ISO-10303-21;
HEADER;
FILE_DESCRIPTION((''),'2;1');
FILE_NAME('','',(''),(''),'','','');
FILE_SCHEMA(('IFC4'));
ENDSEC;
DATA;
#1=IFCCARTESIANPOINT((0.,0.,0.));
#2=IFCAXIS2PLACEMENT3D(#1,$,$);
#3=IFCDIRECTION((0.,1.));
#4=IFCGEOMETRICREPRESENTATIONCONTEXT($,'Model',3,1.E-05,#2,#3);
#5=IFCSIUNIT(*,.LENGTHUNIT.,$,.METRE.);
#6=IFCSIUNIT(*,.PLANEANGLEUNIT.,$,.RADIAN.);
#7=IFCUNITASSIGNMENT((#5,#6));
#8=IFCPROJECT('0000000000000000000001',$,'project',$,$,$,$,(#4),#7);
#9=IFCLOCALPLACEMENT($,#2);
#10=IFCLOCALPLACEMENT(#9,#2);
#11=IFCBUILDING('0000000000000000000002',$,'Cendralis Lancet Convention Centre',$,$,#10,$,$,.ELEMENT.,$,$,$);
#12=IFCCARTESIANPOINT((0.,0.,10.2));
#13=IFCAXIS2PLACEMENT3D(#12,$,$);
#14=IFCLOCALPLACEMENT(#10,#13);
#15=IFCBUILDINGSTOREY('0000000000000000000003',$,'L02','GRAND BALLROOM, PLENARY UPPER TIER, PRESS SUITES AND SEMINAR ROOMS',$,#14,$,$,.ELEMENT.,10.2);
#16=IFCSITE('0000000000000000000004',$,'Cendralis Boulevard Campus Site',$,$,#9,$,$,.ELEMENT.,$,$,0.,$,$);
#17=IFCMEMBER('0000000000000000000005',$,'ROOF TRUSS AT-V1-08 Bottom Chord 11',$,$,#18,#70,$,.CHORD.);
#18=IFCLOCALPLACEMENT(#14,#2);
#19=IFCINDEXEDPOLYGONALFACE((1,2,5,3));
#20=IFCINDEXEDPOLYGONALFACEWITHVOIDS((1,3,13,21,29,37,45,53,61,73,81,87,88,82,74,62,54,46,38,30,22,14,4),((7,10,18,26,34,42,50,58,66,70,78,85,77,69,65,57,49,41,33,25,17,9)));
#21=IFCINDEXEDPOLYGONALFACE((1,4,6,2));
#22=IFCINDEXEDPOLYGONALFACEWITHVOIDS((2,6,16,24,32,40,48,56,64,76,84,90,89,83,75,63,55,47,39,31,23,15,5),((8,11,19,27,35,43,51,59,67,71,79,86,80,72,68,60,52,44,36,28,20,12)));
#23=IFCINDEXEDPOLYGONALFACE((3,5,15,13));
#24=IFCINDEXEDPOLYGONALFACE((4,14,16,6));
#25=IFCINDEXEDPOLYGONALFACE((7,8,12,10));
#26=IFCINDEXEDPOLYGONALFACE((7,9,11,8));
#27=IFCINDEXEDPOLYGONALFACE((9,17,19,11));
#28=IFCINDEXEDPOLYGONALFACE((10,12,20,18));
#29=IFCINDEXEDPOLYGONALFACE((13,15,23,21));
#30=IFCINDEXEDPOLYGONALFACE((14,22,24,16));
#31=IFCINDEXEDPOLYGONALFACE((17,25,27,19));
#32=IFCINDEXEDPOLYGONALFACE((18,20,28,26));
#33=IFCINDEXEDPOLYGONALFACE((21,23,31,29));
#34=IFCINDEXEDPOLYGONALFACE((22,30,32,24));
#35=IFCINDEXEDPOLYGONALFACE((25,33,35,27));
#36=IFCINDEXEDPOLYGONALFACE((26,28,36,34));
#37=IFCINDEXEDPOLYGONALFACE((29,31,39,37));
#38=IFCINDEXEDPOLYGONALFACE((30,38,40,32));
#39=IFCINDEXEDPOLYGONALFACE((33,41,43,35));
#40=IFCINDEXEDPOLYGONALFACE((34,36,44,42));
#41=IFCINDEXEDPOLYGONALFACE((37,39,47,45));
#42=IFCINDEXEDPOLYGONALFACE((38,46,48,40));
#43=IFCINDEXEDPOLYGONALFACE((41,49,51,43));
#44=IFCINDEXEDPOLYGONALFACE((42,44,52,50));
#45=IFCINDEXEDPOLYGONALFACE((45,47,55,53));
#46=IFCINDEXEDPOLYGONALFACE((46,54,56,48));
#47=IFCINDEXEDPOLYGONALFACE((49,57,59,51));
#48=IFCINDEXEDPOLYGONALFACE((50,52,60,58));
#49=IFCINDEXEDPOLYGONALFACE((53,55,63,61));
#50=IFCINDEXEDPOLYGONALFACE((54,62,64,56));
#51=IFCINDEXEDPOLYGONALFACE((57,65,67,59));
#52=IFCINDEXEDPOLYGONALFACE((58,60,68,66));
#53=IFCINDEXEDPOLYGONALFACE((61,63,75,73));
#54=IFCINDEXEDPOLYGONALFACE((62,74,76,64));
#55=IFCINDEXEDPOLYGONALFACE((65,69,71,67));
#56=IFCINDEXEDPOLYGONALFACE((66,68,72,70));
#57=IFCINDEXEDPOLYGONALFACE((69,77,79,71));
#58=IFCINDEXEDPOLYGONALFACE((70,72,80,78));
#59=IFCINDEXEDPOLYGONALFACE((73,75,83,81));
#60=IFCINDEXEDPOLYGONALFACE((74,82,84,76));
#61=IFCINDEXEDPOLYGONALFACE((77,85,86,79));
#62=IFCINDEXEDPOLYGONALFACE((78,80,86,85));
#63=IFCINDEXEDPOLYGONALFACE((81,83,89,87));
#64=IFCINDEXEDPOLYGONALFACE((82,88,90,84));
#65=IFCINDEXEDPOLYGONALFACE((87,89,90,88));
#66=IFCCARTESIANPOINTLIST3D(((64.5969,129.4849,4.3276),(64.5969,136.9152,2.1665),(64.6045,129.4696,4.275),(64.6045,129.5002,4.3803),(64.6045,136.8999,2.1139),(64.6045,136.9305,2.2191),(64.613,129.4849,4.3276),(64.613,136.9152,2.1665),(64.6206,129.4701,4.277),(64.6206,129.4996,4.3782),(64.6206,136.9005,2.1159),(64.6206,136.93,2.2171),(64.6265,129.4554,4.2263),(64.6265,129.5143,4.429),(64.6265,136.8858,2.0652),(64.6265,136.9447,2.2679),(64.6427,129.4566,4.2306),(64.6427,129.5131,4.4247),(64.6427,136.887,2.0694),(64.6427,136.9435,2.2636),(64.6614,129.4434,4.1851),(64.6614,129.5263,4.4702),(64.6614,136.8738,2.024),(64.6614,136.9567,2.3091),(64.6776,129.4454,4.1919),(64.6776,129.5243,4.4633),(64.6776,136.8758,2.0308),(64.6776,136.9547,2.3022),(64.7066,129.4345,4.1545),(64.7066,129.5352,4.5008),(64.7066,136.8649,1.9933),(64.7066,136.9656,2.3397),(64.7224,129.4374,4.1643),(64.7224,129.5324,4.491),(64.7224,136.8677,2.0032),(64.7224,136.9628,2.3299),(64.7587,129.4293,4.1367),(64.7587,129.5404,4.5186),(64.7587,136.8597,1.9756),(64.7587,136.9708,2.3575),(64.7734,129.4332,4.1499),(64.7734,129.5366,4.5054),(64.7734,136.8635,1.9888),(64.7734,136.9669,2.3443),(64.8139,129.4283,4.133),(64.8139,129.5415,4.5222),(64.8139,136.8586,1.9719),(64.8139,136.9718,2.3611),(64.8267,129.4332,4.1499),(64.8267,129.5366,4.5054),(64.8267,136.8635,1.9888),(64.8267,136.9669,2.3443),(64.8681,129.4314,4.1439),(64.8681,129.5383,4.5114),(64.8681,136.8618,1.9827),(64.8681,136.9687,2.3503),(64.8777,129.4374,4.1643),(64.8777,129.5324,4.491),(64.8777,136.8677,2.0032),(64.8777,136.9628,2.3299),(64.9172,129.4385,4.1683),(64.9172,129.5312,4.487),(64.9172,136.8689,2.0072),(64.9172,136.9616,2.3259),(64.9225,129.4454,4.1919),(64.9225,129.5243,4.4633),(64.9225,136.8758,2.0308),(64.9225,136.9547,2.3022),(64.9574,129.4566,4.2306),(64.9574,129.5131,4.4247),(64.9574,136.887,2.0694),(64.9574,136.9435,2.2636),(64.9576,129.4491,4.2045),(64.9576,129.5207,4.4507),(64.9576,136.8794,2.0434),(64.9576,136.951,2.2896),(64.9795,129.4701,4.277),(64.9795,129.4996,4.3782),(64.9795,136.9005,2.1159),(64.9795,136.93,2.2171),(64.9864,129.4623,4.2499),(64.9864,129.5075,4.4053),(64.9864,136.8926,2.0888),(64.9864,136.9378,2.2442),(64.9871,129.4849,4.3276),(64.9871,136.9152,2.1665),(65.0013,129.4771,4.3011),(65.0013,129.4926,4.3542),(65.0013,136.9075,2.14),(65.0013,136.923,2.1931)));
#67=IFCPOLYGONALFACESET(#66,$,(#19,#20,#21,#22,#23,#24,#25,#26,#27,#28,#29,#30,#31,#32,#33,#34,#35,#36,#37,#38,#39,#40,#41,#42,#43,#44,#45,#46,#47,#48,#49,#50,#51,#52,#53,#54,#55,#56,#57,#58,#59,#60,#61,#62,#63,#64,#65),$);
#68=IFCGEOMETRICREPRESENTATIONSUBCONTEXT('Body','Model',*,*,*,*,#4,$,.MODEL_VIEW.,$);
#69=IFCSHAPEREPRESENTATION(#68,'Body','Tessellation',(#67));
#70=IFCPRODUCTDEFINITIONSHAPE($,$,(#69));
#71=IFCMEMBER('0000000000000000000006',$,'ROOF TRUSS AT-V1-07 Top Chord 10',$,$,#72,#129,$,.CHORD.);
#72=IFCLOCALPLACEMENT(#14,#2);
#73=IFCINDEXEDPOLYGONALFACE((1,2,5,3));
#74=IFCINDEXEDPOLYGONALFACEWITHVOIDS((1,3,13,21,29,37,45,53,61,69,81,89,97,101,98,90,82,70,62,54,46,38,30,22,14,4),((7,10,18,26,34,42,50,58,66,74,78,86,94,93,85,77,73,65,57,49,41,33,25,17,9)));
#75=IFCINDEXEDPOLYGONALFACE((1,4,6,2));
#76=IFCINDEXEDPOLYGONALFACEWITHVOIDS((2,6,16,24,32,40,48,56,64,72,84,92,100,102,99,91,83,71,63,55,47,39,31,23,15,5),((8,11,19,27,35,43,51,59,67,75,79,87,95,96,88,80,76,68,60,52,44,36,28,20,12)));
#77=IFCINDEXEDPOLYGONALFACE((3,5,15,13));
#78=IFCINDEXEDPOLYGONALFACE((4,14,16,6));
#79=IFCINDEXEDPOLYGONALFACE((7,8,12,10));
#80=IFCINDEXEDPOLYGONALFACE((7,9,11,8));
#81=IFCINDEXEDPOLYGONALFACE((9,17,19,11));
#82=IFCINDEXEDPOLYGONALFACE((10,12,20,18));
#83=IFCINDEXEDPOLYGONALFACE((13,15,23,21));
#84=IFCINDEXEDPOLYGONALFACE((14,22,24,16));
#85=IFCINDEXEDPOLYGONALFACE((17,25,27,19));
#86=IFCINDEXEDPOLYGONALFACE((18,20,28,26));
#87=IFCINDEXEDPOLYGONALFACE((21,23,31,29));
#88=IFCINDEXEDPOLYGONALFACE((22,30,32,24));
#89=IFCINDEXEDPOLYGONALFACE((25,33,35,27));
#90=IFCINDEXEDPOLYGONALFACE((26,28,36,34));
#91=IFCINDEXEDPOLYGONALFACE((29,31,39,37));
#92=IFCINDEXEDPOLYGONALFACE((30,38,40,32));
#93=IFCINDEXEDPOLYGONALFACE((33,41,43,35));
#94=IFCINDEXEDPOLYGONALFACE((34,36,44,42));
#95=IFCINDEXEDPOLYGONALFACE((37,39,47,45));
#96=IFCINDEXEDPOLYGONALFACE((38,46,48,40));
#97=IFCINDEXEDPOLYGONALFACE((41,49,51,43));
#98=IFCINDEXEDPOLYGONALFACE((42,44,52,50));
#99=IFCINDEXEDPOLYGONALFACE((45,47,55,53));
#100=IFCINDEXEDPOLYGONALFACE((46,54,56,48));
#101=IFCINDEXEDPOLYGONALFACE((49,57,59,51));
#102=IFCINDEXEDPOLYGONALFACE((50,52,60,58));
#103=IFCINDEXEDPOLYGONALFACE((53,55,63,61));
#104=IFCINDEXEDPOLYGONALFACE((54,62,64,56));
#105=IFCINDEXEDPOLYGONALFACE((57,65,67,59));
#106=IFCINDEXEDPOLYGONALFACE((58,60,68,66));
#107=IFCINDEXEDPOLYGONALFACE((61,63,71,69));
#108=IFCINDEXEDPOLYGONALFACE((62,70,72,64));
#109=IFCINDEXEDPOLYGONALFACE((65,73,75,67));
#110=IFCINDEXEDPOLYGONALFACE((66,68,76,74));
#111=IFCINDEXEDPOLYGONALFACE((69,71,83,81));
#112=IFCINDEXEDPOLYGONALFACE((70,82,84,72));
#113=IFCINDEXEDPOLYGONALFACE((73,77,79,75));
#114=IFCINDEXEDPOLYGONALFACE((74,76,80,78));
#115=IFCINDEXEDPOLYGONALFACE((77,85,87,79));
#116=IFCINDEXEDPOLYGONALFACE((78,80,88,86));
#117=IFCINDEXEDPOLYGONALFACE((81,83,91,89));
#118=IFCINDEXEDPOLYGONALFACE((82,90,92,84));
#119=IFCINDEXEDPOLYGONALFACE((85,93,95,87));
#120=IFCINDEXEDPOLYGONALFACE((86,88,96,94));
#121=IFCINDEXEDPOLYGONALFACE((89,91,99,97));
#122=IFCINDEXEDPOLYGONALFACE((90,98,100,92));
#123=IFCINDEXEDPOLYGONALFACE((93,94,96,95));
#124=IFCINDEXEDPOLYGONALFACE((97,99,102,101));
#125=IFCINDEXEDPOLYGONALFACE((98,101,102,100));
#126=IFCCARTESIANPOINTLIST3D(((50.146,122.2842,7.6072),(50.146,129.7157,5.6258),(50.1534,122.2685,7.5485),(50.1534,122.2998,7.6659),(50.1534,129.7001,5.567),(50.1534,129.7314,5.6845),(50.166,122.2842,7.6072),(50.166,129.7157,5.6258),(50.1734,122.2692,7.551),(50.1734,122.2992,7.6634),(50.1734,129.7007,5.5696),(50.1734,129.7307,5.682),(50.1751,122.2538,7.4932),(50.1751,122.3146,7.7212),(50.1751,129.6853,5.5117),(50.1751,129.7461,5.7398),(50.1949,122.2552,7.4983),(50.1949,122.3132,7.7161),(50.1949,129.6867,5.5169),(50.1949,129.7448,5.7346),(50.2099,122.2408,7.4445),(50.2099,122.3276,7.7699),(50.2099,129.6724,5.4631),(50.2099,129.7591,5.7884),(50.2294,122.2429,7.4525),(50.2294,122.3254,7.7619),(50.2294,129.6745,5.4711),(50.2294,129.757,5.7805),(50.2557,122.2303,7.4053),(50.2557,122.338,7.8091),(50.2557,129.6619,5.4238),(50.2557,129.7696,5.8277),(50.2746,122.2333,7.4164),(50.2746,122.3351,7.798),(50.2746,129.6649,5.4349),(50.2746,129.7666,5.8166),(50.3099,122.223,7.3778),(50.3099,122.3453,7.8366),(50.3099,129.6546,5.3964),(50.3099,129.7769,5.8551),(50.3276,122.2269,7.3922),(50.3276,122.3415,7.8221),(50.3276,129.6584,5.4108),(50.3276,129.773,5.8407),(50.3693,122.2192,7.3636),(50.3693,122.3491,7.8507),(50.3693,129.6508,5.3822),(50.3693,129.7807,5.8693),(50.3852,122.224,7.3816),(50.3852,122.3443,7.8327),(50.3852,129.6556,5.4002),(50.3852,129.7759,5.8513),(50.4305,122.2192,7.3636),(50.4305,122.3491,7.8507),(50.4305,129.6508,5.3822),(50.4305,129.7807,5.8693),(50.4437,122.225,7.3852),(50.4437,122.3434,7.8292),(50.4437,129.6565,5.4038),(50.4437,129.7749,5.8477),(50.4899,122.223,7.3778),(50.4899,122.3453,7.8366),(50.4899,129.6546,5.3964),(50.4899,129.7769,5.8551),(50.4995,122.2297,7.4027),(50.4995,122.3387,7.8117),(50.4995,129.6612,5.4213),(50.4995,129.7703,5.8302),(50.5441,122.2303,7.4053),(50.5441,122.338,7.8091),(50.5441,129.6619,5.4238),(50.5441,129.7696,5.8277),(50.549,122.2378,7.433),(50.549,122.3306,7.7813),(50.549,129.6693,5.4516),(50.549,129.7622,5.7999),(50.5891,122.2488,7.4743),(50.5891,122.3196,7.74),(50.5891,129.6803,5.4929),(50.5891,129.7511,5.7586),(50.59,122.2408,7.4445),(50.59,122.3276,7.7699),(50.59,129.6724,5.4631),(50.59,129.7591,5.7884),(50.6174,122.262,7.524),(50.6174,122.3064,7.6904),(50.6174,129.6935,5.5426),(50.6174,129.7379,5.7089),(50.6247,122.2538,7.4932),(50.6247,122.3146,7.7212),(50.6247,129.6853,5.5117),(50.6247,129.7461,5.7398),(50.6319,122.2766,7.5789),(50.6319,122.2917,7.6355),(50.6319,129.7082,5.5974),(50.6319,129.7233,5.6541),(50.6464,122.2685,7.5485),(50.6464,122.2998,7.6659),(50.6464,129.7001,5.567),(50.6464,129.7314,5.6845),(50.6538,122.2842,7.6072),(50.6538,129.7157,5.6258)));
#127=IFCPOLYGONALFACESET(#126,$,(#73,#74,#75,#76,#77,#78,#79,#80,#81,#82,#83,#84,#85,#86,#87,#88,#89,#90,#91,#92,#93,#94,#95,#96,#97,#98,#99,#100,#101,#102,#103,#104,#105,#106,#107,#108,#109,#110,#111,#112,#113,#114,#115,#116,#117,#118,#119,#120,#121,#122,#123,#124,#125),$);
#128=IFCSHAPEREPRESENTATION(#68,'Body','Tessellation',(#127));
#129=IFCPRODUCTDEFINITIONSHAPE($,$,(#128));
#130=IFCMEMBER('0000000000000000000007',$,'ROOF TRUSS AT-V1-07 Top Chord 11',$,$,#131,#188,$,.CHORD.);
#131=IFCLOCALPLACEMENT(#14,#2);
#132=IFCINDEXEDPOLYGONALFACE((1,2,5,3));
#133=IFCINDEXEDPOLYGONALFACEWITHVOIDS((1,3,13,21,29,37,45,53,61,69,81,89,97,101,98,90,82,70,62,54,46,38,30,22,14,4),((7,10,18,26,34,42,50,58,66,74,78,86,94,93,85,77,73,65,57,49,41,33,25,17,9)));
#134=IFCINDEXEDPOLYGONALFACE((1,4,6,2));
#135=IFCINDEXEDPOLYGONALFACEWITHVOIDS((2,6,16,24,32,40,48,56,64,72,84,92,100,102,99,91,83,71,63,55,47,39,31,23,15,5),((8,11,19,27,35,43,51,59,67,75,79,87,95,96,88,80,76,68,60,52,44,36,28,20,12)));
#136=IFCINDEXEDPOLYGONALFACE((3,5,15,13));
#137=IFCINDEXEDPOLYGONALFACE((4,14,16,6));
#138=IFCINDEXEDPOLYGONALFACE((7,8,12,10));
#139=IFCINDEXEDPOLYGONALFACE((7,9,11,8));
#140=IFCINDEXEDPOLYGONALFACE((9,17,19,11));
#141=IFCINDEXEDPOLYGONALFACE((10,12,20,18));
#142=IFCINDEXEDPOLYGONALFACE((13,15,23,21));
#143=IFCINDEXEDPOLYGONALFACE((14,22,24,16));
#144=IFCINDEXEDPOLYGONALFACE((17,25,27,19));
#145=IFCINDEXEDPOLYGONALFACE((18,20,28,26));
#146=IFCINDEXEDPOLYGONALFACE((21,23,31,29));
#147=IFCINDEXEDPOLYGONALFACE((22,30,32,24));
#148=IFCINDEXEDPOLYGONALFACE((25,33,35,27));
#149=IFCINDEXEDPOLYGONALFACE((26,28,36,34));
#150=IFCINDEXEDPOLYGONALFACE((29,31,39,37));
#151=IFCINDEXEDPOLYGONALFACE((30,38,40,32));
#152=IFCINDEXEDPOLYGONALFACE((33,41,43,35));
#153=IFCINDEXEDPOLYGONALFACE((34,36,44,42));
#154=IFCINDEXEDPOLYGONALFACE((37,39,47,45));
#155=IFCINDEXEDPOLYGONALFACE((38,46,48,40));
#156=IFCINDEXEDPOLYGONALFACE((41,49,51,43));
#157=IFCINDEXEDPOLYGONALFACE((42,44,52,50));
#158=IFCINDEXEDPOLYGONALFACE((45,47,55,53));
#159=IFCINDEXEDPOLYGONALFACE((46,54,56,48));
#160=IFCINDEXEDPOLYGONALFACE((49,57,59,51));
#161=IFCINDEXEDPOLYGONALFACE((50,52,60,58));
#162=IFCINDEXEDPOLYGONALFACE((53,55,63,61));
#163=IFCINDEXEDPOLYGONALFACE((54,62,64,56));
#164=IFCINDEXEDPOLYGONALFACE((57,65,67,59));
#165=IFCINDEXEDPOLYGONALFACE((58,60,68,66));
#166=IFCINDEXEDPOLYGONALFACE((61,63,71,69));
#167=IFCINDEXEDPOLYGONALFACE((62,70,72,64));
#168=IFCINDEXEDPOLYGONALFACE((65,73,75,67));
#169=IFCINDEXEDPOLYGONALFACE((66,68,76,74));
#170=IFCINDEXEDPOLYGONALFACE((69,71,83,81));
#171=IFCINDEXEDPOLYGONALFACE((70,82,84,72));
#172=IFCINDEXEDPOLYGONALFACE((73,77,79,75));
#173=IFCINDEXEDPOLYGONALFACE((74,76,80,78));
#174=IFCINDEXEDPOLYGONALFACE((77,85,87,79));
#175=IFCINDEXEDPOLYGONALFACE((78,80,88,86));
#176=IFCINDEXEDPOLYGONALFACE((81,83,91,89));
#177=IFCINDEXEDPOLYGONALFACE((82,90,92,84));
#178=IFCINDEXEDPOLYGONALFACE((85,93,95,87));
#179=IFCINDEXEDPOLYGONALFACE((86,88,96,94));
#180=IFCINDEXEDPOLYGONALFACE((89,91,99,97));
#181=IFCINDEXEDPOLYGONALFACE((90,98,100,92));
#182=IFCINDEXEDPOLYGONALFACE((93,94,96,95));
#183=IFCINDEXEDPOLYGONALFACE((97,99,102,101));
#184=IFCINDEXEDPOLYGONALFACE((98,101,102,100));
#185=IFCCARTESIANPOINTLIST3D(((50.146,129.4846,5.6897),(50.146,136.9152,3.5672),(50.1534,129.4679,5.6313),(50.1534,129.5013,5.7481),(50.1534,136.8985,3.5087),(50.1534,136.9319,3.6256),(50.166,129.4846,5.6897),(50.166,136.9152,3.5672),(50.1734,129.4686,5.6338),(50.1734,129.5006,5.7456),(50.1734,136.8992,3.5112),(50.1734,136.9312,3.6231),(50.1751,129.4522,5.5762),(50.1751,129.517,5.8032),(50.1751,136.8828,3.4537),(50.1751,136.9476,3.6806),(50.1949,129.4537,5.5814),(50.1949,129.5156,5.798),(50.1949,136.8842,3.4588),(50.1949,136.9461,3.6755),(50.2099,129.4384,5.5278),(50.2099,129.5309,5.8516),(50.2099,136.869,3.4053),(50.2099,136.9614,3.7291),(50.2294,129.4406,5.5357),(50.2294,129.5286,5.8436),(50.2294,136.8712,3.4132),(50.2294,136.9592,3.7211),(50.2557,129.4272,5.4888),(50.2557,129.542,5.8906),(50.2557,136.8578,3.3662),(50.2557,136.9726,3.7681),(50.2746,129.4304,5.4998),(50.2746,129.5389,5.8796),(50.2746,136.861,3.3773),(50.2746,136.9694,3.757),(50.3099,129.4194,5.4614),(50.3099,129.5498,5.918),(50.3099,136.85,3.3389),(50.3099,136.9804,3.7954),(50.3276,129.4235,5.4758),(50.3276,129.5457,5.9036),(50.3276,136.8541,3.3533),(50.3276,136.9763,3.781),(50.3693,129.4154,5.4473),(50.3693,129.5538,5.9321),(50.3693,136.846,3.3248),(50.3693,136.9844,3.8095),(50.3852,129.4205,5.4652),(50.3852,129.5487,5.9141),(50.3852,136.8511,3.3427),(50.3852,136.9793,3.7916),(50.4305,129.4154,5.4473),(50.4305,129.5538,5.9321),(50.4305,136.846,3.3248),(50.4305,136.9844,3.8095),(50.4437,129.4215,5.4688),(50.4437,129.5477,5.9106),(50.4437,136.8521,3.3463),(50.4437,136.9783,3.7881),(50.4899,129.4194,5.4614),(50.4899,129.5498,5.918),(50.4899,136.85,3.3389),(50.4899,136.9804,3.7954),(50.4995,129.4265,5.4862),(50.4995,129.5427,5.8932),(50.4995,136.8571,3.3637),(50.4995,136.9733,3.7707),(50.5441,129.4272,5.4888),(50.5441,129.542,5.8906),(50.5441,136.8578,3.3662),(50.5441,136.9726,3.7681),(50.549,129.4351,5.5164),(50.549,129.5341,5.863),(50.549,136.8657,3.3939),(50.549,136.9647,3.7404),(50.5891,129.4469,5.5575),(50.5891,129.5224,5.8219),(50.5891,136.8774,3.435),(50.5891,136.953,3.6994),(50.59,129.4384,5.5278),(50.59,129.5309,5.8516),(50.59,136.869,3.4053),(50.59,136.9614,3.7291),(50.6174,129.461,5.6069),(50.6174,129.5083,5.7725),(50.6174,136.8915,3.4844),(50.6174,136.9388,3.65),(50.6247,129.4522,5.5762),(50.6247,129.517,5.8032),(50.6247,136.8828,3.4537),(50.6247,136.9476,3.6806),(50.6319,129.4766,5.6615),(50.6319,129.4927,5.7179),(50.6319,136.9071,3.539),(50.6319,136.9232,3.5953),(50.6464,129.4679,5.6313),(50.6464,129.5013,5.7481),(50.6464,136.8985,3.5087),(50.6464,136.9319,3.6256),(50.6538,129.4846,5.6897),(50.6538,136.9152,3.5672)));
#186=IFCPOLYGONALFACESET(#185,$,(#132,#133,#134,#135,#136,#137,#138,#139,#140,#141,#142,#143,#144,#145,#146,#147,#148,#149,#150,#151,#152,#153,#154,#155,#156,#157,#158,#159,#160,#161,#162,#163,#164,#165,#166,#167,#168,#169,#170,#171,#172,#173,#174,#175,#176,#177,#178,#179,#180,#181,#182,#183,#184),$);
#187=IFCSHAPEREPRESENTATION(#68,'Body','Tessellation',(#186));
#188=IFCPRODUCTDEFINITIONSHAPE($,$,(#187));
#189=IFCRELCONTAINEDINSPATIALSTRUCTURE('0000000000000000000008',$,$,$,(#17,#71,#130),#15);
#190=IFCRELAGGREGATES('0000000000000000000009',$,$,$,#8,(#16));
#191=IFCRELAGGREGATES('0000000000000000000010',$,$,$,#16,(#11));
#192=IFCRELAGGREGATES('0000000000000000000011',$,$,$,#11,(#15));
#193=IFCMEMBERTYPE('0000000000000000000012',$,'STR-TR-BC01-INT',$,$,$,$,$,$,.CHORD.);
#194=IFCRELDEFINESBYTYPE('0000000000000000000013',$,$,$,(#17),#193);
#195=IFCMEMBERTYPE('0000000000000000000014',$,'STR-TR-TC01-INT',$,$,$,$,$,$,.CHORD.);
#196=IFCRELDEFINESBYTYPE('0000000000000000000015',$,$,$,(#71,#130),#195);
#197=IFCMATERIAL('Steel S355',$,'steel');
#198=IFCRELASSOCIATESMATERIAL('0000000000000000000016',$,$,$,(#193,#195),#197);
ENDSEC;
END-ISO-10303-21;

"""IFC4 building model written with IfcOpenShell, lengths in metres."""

from ifc_helpers import new_model, si_unit, direction, frame, origin, origin_2d, place, context, subcontext, project, spatial, hollow_circle, extrude, material, material_profile, profile_set, type_object, element, save


model = new_model("IFC4")

# Units and contexts
model_context = context("Model", 3, precision=1e-05, world=origin(), true_north=direction((0.0, 1.0)))
body_context = subcontext(model_context, "Body", "Model", "MODEL_VIEW")
ifc_project = project(units=[si_unit("LENGTHUNIT", "METRE"), si_unit("PLANEANGLEUNIT", "RADIAN")], contexts=[model_context])

# Site, building, storey
site_placement = place(None, origin())
site = spatial("IfcSite", under=ifc_project, at=site_placement, Name="Cendralis Boulevard Campus Site", CompositionType="ELEMENT", RefElevation=0.0)
building_placement = place(site_placement, origin())
building = spatial("IfcBuilding", under=site, at=building_placement, Name="Cendralis Lancet Convention Centre", CompositionType="ELEMENT")
storey_placement = place(building_placement, frame((0.0, 0.0, 10.2)))
storey = spatial("IfcBuildingStorey", under=building, at=storey_placement, Name="L02", Description="GRAND BALLROOM, PLENARY UPPER TIER, PRESS SUITES AND SEMINAR ROOMS", CompositionType="ELEMENT", Elevation=10.2)

# Members
ifc_material_1 = material(Name="Steel S355", Category="steel")
ifc_material_profile_1 = material_profile(ifc_material_1, hollow_circle(Radius=0.2031, WallThickness=0.0161, at=origin_2d()), Name="CHS 406.4x16.0")
ifc_profile_set_1 = profile_set([ifc_material_profile_1], Name="Steel S355")
member_type_1 = type_object("IfcMemberType", Name="STR-TR-BC01-INT", PredefinedType="CHORD", material=ifc_profile_set_1)
member_1_placement = place(storey_placement, frame((64.8, 129.4849, 4.3276), z_axis=(0.0, 0.960211, -0.279277), x_axis=(-1.0, 0.0, 0.0)))
element("IfcMember", 1, at=member_1_placement, inside=storey, type_object=member_type_1, Name="ROOF TRUSS AT-V1-08 Bottom Chord 11", PredefinedType="CHORD", context=body_context, shape_type="SweptSolid", body=[
    extrude(hollow_circle(Radius=0.2031, WallThickness=0.0161, at=origin_2d()), origin(), (0.0, 0.0, 1.0), 7.7383),
])
ifc_material_profile_2 = material_profile(ifc_material_1, hollow_circle(Radius=0.2539, WallThickness=0.02, at=origin_2d()), Name="CHS 508.0x20.0")
ifc_profile_set_2 = profile_set([ifc_material_profile_2], Name="Steel S355")
member_type_2 = type_object("IfcMemberType", Name="STR-TR-TC01-INT", PredefinedType="CHORD", material=ifc_profile_set_2)
member_2_placement = place(storey_placement, frame((50.3999, 122.2842, 7.6072), z_axis=(0.0, 0.966245, -0.257623), x_axis=(-1.0, 0.0, 0.0)))
element("IfcMember", 2, at=member_2_placement, inside=storey, type_object=member_type_2, Name="ROOF TRUSS AT-V1-07 Top Chord 10", PredefinedType="CHORD", context=body_context, shape_type="SweptSolid", body=[
    extrude(hollow_circle(Radius=0.2539, WallThickness=0.02, at=origin_2d()), origin(), (0.0, 0.0, 1.0), 7.6912),
])
member_3_placement = place(storey_placement, frame((50.3999, 129.4846, 5.6897), z_axis=(0.0, 0.961541, -0.274663), x_axis=(-1.0, 0.0, 0.0)))
element("IfcMember", 3, at=member_3_placement, inside=storey, type_object=member_type_2, Name="ROOF TRUSS AT-V1-07 Top Chord 11", PredefinedType="CHORD", context=body_context, shape_type="SweptSolid", body=[
    extrude(hollow_circle(Radius=0.2539, WallThickness=0.02, at=origin_2d()), origin(), (0.0, 0.0, 1.0), 7.7278),
])

save(model, "model.ifc")
